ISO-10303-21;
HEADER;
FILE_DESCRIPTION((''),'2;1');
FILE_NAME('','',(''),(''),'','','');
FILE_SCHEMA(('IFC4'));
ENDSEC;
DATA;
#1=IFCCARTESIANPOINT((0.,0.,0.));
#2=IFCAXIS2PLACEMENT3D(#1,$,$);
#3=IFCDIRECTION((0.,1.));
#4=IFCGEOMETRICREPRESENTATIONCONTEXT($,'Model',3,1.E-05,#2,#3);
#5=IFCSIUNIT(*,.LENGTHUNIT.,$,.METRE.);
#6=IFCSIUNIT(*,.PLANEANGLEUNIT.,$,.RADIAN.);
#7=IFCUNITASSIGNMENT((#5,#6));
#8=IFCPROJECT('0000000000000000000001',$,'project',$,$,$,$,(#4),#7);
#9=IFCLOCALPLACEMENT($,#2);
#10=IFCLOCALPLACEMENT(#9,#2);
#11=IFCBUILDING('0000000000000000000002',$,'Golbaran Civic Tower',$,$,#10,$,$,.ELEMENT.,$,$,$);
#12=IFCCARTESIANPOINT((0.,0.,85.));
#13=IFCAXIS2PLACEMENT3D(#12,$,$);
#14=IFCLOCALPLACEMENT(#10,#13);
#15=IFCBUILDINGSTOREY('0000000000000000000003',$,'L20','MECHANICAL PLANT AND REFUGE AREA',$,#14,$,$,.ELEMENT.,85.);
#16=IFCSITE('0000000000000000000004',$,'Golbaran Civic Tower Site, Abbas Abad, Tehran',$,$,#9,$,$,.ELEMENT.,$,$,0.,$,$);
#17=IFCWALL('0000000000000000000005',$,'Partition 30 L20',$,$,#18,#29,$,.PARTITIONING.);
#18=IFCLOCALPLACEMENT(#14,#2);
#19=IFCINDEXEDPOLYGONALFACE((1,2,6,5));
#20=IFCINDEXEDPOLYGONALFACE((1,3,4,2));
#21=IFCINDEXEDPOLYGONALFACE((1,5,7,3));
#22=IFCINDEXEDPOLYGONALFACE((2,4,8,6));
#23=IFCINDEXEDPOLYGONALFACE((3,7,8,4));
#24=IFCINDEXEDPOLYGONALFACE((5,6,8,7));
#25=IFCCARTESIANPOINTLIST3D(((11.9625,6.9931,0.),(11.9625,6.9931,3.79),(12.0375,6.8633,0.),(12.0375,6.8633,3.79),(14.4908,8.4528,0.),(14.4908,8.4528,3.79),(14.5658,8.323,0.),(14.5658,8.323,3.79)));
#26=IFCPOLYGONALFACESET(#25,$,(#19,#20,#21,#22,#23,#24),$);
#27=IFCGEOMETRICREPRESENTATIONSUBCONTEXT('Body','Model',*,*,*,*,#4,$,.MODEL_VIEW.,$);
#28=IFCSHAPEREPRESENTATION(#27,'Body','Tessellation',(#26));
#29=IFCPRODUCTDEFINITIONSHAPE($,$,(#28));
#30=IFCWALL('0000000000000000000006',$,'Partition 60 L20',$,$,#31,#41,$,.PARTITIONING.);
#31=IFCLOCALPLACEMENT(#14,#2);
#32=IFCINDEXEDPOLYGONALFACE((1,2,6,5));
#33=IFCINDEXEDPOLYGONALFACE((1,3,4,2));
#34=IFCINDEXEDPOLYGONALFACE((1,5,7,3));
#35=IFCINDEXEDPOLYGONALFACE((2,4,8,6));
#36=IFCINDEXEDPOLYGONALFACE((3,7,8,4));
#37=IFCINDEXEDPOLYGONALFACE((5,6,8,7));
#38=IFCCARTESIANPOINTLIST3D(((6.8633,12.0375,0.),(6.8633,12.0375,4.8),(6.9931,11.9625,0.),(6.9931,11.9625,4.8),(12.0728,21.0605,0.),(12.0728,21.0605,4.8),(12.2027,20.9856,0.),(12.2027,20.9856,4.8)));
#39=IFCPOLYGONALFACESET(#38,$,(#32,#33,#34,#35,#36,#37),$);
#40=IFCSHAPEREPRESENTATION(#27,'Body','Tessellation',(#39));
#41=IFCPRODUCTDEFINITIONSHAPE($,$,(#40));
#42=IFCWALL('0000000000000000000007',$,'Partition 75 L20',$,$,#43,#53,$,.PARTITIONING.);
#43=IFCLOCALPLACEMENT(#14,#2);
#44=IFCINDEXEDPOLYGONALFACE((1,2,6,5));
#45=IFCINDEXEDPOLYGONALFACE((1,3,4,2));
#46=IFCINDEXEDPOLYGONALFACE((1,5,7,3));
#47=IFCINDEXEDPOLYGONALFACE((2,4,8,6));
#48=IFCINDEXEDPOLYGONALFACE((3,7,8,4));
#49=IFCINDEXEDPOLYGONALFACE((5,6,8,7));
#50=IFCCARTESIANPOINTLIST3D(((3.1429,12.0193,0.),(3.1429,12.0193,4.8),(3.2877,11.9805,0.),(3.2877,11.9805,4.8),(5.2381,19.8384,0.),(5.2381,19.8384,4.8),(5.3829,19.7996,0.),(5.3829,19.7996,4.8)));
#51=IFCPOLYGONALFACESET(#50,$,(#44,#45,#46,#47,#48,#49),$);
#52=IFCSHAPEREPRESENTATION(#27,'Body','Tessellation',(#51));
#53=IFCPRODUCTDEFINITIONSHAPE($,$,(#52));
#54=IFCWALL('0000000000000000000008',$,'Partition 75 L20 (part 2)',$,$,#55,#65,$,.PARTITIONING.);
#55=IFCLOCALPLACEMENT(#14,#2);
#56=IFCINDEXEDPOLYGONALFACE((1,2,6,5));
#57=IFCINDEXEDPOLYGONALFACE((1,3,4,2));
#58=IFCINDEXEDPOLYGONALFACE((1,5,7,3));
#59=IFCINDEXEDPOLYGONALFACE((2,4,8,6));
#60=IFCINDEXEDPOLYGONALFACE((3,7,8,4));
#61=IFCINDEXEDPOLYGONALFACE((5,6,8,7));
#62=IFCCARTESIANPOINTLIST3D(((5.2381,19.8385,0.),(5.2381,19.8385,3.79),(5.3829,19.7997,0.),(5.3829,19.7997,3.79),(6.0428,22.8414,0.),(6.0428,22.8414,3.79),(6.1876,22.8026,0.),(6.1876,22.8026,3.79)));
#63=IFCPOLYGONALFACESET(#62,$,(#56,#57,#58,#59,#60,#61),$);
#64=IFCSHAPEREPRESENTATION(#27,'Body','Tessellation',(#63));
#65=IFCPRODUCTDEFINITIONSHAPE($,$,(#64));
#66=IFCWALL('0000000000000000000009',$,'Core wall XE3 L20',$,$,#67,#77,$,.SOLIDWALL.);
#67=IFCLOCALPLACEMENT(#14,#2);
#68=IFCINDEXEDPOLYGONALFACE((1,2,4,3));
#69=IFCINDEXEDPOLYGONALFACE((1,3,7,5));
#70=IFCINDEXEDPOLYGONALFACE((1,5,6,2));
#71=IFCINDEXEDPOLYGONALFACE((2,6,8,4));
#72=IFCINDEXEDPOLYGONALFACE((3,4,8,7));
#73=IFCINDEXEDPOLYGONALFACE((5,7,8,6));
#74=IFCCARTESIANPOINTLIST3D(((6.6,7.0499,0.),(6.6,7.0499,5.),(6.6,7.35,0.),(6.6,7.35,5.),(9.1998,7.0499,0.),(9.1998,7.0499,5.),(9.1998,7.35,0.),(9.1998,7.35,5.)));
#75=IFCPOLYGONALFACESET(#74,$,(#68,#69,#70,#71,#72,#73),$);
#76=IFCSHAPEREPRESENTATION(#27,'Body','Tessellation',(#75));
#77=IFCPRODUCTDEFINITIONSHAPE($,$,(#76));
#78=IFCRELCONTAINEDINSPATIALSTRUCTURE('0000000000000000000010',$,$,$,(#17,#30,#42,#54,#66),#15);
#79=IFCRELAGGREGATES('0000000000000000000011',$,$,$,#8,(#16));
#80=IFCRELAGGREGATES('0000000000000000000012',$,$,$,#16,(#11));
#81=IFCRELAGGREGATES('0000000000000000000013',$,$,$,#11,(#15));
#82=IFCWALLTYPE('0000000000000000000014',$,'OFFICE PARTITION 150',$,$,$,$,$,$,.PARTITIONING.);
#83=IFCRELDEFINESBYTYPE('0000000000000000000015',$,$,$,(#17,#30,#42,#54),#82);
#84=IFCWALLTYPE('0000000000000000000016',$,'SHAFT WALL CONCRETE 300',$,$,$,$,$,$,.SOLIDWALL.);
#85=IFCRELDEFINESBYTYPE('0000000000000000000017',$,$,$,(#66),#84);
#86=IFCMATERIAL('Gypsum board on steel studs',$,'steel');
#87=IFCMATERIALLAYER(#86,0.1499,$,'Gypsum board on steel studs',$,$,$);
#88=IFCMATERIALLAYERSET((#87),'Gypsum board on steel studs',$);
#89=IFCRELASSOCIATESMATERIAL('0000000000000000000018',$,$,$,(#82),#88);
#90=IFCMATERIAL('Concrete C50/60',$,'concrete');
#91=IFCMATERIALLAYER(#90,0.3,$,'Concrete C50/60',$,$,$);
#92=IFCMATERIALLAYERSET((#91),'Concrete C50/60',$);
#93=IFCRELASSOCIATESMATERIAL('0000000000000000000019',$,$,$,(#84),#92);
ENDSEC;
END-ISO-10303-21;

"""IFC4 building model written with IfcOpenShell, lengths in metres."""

from ifc_helpers import new_model, si_unit, direction, frame, frame_2d, origin, place, context, subcontext, project, spatial, rectangle, extrude, material, layer, layer_set, type_object, element, save


model = new_model("IFC4")

# Units and contexts
model_context = context("Model", 3, precision=1e-05, world=origin(), true_north=direction((0.0, 1.0)))
body_context = subcontext(model_context, "Body", "Model", "MODEL_VIEW")
ifc_project = project(units=[si_unit("LENGTHUNIT", "METRE"), si_unit("PLANEANGLEUNIT", "RADIAN")], contexts=[model_context])

# Site, building, storey
site_placement = place(None, origin())
site = spatial("IfcSite", under=ifc_project, at=site_placement, Name="Golbaran Civic Tower Site, Abbas Abad, Tehran", CompositionType="ELEMENT", RefElevation=0.0)
building_placement = place(site_placement, origin())
building = spatial("IfcBuilding", under=site, at=building_placement, Name="Golbaran Civic Tower", CompositionType="ELEMENT")
storey_placement = place(building_placement, frame((0.0, 0.0, 85.0)))
storey = spatial("IfcBuildingStorey", under=building, at=storey_placement, Name="L20", Description="MECHANICAL PLANT AND REFUGE AREA", CompositionType="ELEMENT", Elevation=85.0)

# Shared definitions
ifc_material_1 = material(Name="Concrete C50/60", Category="concrete")

# Walls
ifc_material_2 = material(Name="Gypsum board on steel studs", Category="steel")
ifc_layer_1 = layer(ifc_material_2, 0.1499, Name="Gypsum board on steel studs")
ifc_layer_set_1 = layer_set([ifc_layer_1], Name="Gypsum board on steel studs")
wall_type_1 = type_object("IfcWallType", Name="OFFICE PARTITION 150", PredefinedType="PARTITIONING", material=ifc_layer_set_1)
wall_1_placement = place(storey_placement, frame((12.0, 6.9282, 0.0), z_axis=(0.0, 0.0, 1.0), x_axis=(0.866027, 0.499998, 0.0)))
element("IfcWall", 1, at=wall_1_placement, inside=storey, type_object=wall_type_1, Name="Partition 30 L20", PredefinedType="PARTITIONING", context=body_context, shape_type="SweptSolid", body=[
    extrude(rectangle(XDim=2.9194, YDim=0.1499, at=frame_2d((1.4597, 0.0))), origin(), (0.0, 0.0, 1.0), 3.79),
])
wall_2_placement = place(storey_placement, frame((6.9282, 12.0, 0.0), z_axis=(0.0, 0.0, 1.0), x_axis=(0.500005, 0.866022, 0.0)))
element("IfcWall", 2, at=wall_2_placement, inside=storey, type_object=wall_type_1, Name="Partition 60 L20", PredefinedType="PARTITIONING", context=body_context, shape_type="SweptSolid", body=[
    extrude(rectangle(XDim=10.4189, YDim=0.1499, at=frame_2d((5.2095, 0.0))), origin(), (0.0, 0.0, 1.0), 4.8),
])
wall_3_placement = place(storey_placement, frame((3.2153, 12.0, 0.0), z_axis=(0.0, 0.0, 1.0), x_axis=(0.25883, 0.965923, 0.0)))
element("IfcWall", 3, at=wall_3_placement, inside=storey, type_object=wall_type_1, Name="Partition 75 L20", PredefinedType="PARTITIONING", context=body_context, shape_type="SweptSolid", body=[
    extrude(rectangle(XDim=8.095, YDim=0.1499, at=frame_2d((4.0474, 0.0))), origin(), (0.0, 0.0, 1.0), 4.8),
])
wall_4_placement = place(storey_placement, frame((5.3105, 19.8191, 0.0), z_axis=(0.0, 0.0, 1.0), x_axis=(0.258836, 0.965921, 0.0)))
element("IfcWall", 4, at=wall_4_placement, inside=storey, type_object=wall_type_1, Name="Partition 75 L20 (part 2)", PredefinedType="PARTITIONING", context=body_context, shape_type="SweptSolid", body=[
    extrude(rectangle(XDim=3.1089, YDim=0.1499, at=frame_2d((1.5544, 0.0))), origin(), (0.0, 0.0, 1.0), 3.79),
])
ifc_layer_2 = layer(ifc_material_1, 0.3, Name="Concrete C50/60")
ifc_layer_set_2 = layer_set([ifc_layer_2], Name="Concrete C50/60")
wall_type_2 = type_object("IfcWallType", Name="SHAFT WALL CONCRETE 300", PredefinedType="SOLIDWALL", material=ifc_layer_set_2)
wall_5_placement = place(storey_placement, frame((6.6001, 7.2, 0.0), z_axis=(0.0, 0.0, 1.0), x_axis=(1.0, 0.0, 0.0)))
element("IfcWall", 5, at=wall_5_placement, inside=storey, type_object=wall_type_2, Name="Core wall XE3 L20", PredefinedType="SOLIDWALL", context=body_context, shape_type="SweptSolid", body=[
    extrude(rectangle(XDim=2.5999, YDim=0.3, at=frame_2d((1.2998, 0.0))), origin(), (0.0, 0.0, 1.0), 5.0),
])

save(model, "model.ifc")
